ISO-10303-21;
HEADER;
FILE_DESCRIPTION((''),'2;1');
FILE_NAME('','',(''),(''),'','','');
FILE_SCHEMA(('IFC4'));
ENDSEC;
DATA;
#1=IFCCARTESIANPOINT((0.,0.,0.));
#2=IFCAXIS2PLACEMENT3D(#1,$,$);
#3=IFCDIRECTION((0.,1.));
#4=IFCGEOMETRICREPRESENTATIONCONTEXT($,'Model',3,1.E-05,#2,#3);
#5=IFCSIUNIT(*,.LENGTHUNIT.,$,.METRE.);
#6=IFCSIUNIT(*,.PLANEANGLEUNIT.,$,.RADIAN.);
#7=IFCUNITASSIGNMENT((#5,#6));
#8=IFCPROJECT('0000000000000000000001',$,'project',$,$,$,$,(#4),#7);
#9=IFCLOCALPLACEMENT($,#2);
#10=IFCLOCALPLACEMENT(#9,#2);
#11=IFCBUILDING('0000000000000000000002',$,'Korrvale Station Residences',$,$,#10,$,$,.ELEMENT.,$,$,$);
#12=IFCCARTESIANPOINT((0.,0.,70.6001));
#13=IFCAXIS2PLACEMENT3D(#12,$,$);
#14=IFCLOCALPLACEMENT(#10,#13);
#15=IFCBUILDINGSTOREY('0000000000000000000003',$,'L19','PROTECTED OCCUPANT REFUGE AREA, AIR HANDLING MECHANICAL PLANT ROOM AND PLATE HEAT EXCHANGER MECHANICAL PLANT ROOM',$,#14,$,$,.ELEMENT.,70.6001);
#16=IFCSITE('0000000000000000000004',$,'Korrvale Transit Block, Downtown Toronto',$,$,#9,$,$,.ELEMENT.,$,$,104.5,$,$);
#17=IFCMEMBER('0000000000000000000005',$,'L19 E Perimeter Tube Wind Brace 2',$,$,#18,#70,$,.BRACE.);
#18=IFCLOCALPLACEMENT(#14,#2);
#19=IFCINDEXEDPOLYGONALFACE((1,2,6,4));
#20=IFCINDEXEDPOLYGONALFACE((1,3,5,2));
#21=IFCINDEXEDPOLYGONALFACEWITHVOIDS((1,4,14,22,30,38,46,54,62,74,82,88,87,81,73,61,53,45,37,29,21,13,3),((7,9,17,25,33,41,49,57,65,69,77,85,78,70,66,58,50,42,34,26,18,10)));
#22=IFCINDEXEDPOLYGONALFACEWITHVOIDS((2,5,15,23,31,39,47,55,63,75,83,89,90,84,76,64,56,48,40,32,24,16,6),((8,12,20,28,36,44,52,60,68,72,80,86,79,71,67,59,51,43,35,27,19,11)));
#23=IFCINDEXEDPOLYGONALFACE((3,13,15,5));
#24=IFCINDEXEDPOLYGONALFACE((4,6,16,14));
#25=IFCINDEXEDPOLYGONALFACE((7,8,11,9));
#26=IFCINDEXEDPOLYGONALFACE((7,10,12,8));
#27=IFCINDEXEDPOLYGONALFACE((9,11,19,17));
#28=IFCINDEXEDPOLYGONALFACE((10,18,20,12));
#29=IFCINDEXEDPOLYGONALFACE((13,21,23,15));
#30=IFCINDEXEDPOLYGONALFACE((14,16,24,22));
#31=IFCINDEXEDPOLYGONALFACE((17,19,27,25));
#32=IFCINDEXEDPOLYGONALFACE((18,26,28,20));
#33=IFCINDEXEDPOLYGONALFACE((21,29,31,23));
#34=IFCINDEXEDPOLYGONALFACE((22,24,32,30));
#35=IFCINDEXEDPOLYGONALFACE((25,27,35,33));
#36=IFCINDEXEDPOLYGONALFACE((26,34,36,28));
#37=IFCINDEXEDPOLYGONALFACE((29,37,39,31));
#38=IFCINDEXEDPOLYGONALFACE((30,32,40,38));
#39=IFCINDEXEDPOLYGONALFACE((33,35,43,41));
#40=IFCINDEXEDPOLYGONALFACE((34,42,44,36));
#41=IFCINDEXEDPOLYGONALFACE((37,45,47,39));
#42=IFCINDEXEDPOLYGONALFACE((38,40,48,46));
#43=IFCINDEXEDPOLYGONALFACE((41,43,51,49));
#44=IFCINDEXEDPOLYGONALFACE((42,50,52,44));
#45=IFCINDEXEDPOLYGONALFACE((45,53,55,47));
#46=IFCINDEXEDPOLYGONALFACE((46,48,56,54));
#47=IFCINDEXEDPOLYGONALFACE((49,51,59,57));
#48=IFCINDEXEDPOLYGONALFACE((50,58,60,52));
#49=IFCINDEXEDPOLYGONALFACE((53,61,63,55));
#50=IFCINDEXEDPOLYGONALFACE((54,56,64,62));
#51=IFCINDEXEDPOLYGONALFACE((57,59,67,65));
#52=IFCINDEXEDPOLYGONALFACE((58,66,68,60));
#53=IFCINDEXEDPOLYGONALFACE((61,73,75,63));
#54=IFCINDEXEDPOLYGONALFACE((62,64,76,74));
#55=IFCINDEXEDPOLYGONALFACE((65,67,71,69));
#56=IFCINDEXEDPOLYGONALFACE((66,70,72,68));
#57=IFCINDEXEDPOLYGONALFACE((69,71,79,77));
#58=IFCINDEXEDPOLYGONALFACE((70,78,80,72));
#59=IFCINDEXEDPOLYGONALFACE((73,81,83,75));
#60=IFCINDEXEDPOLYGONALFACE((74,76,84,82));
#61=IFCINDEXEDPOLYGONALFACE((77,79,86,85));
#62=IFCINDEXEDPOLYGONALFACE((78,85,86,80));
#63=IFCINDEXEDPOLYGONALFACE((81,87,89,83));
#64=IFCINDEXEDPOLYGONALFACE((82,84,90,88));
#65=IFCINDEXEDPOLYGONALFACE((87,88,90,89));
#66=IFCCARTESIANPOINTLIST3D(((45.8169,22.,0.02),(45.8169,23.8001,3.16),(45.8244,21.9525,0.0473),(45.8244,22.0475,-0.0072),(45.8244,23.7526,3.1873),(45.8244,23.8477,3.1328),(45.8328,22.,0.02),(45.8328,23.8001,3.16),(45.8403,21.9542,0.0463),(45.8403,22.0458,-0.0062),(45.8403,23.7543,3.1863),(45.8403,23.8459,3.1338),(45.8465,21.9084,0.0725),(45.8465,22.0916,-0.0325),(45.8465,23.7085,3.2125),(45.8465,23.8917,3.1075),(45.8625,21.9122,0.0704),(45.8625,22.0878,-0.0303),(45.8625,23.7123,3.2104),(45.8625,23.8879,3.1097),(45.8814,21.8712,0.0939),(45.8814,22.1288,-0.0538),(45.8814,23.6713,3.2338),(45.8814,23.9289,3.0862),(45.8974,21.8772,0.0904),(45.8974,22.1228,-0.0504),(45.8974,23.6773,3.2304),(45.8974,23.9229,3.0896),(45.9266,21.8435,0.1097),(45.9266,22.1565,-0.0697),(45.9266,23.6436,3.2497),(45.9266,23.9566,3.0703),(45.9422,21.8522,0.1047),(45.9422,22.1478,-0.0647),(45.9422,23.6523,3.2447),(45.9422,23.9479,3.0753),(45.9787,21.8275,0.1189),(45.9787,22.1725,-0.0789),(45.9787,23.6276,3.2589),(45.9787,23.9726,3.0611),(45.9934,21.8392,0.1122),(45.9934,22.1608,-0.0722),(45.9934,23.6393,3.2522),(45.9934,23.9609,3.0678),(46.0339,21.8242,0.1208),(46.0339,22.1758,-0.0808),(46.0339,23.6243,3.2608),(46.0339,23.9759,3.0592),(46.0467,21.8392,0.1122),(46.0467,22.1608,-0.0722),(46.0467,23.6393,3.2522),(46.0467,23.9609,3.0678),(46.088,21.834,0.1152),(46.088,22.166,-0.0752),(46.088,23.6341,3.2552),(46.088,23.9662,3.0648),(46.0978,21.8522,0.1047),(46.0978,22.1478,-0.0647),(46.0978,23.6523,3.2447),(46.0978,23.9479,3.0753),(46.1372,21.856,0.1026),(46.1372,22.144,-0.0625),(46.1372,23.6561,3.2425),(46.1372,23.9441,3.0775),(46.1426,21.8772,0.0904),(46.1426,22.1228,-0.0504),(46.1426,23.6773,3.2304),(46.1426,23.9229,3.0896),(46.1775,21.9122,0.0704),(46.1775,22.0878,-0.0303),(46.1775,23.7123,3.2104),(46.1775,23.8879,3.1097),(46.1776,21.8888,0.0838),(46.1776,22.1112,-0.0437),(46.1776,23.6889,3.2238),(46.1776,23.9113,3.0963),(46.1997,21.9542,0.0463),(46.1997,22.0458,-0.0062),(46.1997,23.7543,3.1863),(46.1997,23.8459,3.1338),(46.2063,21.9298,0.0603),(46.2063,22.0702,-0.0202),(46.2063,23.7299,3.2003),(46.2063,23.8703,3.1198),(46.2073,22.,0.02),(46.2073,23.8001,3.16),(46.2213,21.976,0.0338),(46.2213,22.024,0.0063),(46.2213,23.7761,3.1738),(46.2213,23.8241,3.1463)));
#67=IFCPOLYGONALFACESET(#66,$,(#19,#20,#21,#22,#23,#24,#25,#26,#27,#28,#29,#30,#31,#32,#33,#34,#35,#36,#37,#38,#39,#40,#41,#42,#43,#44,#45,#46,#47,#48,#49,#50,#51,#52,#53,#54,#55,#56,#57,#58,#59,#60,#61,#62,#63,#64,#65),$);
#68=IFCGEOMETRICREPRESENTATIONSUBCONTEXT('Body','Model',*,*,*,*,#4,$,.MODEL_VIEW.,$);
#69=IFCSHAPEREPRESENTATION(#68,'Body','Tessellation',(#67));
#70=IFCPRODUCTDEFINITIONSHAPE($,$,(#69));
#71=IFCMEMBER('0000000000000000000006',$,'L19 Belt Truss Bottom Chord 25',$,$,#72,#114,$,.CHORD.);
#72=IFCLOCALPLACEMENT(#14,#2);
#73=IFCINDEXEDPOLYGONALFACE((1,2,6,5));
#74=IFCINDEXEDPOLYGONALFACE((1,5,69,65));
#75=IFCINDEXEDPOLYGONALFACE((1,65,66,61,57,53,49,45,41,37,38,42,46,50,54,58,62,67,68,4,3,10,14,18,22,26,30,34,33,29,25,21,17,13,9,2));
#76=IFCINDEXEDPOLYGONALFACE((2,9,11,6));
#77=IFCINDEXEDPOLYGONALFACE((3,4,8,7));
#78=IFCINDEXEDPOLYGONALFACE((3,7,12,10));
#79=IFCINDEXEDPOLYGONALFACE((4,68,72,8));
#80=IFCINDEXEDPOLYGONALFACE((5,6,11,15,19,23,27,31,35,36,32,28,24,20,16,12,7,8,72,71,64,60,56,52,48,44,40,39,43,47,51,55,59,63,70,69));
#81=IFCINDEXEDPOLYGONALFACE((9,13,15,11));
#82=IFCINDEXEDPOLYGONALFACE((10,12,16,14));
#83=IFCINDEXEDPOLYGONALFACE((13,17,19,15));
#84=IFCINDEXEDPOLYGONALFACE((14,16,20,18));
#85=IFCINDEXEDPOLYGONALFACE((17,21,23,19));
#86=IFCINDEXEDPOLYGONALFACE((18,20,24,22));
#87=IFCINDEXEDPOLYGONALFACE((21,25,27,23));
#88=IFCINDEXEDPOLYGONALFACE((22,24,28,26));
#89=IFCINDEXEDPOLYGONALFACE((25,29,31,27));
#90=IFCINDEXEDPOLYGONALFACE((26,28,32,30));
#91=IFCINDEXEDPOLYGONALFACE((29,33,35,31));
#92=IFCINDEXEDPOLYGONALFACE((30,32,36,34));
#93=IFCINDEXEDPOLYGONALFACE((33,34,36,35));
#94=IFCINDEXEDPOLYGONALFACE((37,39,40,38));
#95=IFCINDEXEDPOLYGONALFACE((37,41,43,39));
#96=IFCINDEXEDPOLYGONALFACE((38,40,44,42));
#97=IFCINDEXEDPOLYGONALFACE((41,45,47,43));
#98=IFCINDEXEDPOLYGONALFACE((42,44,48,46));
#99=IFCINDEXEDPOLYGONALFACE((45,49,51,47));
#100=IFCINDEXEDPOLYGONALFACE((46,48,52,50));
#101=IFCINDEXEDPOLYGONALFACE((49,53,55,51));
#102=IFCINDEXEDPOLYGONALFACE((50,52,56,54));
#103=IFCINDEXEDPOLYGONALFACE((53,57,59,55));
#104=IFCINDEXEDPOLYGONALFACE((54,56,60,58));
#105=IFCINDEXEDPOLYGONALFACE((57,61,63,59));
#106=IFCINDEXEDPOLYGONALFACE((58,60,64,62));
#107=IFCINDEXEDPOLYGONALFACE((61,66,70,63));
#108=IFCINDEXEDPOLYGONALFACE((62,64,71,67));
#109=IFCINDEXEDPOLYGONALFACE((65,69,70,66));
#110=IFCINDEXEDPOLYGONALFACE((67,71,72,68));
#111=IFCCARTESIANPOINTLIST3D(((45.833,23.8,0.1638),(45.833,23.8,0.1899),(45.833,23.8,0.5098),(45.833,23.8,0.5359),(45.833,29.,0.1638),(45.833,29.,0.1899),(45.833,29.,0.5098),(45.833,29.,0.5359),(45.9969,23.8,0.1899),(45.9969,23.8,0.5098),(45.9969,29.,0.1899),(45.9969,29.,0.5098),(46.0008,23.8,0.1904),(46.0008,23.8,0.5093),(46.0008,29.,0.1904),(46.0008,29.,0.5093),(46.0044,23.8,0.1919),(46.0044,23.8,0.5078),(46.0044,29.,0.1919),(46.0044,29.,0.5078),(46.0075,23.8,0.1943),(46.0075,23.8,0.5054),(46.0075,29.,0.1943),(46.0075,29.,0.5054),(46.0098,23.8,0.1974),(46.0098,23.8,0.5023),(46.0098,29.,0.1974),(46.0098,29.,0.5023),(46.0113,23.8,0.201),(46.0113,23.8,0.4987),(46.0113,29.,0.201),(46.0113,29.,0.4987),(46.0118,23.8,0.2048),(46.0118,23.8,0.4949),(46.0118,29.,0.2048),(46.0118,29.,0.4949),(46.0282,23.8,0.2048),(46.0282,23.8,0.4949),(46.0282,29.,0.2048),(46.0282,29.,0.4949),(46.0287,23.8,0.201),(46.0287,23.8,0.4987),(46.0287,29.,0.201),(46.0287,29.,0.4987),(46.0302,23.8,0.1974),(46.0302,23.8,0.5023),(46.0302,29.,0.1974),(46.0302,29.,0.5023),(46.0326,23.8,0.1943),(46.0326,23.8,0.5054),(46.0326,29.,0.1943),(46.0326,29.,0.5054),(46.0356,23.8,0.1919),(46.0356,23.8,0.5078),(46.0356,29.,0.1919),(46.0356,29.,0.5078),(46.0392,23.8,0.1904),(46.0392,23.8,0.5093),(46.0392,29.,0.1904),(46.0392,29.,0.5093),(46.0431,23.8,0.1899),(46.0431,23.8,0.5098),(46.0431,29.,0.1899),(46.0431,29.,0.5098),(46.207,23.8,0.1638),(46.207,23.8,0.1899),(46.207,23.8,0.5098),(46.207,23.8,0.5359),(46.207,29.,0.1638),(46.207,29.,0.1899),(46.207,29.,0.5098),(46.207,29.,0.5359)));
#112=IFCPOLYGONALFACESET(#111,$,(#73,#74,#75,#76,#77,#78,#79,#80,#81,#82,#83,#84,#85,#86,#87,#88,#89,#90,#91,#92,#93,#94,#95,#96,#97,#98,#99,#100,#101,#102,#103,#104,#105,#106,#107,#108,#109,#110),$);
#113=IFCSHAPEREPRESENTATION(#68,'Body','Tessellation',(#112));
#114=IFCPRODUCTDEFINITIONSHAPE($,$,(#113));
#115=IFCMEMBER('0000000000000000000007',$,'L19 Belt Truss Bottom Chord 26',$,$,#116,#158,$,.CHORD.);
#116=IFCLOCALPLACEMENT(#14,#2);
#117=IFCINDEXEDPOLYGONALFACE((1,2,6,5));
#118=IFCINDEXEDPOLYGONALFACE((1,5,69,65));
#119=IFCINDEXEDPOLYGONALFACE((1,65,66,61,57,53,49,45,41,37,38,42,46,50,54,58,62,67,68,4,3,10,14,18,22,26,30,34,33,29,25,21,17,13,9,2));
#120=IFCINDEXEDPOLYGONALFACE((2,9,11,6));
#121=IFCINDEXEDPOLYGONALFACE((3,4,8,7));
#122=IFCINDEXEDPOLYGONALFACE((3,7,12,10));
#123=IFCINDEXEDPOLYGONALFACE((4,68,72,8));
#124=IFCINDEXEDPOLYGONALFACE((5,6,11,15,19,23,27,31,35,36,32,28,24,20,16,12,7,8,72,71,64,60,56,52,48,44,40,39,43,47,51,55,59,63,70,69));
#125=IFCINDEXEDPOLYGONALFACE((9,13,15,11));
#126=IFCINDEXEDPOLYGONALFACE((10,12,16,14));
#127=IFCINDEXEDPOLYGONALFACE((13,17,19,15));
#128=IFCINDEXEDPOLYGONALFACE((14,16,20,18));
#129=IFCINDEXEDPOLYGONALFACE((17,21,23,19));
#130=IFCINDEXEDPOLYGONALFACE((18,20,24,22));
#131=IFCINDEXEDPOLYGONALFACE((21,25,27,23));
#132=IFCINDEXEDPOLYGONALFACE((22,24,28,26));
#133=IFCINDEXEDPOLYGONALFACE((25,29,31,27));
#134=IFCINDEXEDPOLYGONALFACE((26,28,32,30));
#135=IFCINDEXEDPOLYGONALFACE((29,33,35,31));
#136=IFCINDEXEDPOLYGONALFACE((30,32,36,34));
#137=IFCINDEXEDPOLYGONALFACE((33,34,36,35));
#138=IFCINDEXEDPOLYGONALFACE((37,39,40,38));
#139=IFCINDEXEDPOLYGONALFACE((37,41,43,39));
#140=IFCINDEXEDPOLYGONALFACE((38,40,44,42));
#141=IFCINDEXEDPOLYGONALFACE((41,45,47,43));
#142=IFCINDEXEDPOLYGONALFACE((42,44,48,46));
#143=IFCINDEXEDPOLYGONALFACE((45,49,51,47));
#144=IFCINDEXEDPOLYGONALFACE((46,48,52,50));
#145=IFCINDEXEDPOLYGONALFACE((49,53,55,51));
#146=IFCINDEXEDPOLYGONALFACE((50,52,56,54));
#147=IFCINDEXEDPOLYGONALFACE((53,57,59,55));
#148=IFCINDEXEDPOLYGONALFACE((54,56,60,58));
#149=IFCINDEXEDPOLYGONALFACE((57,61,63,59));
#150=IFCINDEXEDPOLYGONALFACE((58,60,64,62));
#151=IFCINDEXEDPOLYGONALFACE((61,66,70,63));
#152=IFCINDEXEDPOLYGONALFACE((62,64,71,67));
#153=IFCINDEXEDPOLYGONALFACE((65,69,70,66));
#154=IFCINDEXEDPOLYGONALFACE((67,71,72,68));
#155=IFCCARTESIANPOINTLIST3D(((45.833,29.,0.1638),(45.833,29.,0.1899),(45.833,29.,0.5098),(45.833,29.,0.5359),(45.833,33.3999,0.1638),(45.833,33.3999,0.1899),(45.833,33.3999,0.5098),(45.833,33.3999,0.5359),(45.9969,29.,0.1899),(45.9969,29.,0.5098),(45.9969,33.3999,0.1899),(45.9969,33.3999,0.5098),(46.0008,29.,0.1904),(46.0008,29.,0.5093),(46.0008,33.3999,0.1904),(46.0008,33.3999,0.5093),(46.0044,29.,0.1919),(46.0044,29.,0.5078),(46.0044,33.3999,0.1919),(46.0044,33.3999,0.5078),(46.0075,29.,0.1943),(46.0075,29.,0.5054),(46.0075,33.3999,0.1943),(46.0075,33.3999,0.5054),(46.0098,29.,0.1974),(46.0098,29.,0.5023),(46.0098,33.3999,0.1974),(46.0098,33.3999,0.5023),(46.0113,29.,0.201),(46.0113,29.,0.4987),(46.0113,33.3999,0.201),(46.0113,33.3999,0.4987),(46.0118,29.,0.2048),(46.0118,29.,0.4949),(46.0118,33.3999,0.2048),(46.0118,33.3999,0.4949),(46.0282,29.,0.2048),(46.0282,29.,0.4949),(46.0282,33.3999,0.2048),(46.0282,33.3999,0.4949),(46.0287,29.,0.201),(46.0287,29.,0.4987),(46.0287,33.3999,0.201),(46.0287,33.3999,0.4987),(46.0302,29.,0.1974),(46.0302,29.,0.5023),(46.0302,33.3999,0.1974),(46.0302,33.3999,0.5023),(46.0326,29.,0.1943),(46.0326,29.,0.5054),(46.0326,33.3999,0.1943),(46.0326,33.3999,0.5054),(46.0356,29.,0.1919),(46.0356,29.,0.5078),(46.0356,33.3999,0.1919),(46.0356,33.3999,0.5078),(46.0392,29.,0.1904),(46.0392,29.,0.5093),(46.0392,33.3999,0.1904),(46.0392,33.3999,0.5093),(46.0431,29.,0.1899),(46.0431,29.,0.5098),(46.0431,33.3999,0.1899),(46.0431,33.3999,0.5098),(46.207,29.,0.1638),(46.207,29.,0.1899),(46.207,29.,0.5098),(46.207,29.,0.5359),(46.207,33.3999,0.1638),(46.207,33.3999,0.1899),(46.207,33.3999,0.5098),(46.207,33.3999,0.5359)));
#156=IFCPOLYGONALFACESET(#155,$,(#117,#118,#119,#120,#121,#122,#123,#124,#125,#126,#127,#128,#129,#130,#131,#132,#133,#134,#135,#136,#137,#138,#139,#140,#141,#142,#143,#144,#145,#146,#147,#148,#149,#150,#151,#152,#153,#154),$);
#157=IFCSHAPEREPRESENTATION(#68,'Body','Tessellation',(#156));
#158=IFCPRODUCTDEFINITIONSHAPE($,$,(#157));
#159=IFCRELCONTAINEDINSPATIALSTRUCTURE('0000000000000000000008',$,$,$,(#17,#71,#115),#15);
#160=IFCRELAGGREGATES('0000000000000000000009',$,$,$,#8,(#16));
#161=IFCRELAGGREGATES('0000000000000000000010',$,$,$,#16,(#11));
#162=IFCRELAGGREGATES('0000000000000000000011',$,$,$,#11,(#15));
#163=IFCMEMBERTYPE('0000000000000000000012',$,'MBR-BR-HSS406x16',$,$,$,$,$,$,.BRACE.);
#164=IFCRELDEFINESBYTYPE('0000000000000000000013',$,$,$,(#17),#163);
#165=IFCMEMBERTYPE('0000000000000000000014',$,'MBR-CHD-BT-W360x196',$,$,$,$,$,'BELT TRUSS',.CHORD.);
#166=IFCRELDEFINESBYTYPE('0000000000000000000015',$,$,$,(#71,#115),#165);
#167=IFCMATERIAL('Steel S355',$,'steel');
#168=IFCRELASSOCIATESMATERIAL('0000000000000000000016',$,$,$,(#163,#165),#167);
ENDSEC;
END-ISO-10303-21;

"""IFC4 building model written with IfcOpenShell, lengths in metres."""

from ifc_helpers import new_model, si_unit, direction, frame, origin, origin_2d, place, context, subcontext, project, spatial, hollow_circle, i_section, extrude, material, material_profile, profile_set, type_object, element, save


model = new_model("IFC4")

# Units and contexts
model_context = context("Model", 3, precision=1e-05, world=origin(), true_north=direction((0.0, 1.0)))
body_context = subcontext(model_context, "Body", "Model", "MODEL_VIEW")
ifc_project = project(units=[si_unit("LENGTHUNIT", "METRE"), si_unit("PLANEANGLEUNIT", "RADIAN")], contexts=[model_context])

# Site, building, storey
site_placement = place(None, origin())
site = spatial("IfcSite", under=ifc_project, at=site_placement, Name="Korrvale Transit Block, Downtown Toronto", CompositionType="ELEMENT", RefElevation=104.5)
building_placement = place(site_placement, origin())
building = spatial("IfcBuilding", under=site, at=building_placement, Name="Korrvale Station Residences", CompositionType="ELEMENT")
storey_placement = place(building_placement, frame((0.0, 0.0, 70.6001)))
storey = spatial("IfcBuildingStorey", under=building, at=storey_placement, Name="L19", Description="PROTECTED OCCUPANT REFUGE AREA, AIR HANDLING MECHANICAL PLANT ROOM AND PLATE HEAT EXCHANGER MECHANICAL PLANT ROOM", CompositionType="ELEMENT", Elevation=70.6001)

# Members
ifc_material_1 = material(Name="Steel S355", Category="steel")
ifc_material_profile_1 = material_profile(ifc_material_1, hollow_circle(Radius=0.2031, WallThickness=0.0159, at=origin_2d()), Name="HSS406x16")
ifc_profile_set_1 = profile_set([ifc_material_profile_1], Name="Steel S355")
member_type_1 = type_object("IfcMemberType", Name="MBR-BR-HSS406x16", PredefinedType="BRACE", material=ifc_profile_set_1)
for number, where, z_axis, x_axis, name in (
    (1, (46.02, 22.0, 0.02), (0.0, 0.497352, 0.867549), (-1.0, 0.0, 0.0), "L19 E Perimeter Tube Wind Brace 2"),
):
    element("IfcMember", number, at=place(storey_placement, frame(where, z_axis=z_axis, x_axis=x_axis)), inside=storey, type_object=member_type_1, Name=name, PredefinedType="BRACE", context=body_context, shape_type="SweptSolid", body=[
        extrude(hollow_circle(Radius=0.2031, WallThickness=0.0159, at=origin_2d()), origin(), (0.0, 0.0, 1.0), 3.6194),
    ])
ifc_material_profile_2 = material_profile(ifc_material_1, i_section(OverallWidth=0.374, OverallDepth=0.3721, WebThickness=0.0164, FlangeThickness=0.0261, FilletRadius=0.0149, at=origin_2d()), Name="W360x196")
ifc_profile_set_2 = profile_set([ifc_material_profile_2], Name="Steel S355")
member_type_2 = type_object("IfcMemberType", Name="MBR-CHD-BT-W360x196", ElementType="BELT TRUSS", PredefinedType="CHORD", material=ifc_profile_set_2)
member_1_placement = place(storey_placement, frame((46.02, 23.8, 0.3499), z_axis=(0.0, 1.0, 0.0), x_axis=(-1.0, 0.0, 0.0)))
element("IfcMember", 2, at=member_1_placement, inside=storey, type_object=member_type_2, Name="L19 Belt Truss Bottom Chord 25", PredefinedType="CHORD", context=body_context, shape_type="SweptSolid", body=[
    extrude(i_section(OverallWidth=0.374, OverallDepth=0.3721, WebThickness=0.0164, FlangeThickness=0.0261, FilletRadius=0.0149, at=origin_2d()), origin(), (0.0, 0.0, 1.0), 5.2),
])
member_2_placement = place(storey_placement, frame((46.02, 29.0, 0.3499), z_axis=(0.0, 1.0, 0.0), x_axis=(-1.0, 0.0, 0.0)))
element("IfcMember", 3, at=member_2_placement, inside=storey, type_object=member_type_2, Name="L19 Belt Truss Bottom Chord 26", PredefinedType="CHORD", context=body_context, shape_type="SweptSolid", body=[
    extrude(i_section(OverallWidth=0.374, OverallDepth=0.3721, WebThickness=0.0164, FlangeThickness=0.0261, FilletRadius=0.0149, at=origin_2d()), origin(), (0.0, 0.0, 1.0), 4.3999),
])

save(model, "model.ifc")
